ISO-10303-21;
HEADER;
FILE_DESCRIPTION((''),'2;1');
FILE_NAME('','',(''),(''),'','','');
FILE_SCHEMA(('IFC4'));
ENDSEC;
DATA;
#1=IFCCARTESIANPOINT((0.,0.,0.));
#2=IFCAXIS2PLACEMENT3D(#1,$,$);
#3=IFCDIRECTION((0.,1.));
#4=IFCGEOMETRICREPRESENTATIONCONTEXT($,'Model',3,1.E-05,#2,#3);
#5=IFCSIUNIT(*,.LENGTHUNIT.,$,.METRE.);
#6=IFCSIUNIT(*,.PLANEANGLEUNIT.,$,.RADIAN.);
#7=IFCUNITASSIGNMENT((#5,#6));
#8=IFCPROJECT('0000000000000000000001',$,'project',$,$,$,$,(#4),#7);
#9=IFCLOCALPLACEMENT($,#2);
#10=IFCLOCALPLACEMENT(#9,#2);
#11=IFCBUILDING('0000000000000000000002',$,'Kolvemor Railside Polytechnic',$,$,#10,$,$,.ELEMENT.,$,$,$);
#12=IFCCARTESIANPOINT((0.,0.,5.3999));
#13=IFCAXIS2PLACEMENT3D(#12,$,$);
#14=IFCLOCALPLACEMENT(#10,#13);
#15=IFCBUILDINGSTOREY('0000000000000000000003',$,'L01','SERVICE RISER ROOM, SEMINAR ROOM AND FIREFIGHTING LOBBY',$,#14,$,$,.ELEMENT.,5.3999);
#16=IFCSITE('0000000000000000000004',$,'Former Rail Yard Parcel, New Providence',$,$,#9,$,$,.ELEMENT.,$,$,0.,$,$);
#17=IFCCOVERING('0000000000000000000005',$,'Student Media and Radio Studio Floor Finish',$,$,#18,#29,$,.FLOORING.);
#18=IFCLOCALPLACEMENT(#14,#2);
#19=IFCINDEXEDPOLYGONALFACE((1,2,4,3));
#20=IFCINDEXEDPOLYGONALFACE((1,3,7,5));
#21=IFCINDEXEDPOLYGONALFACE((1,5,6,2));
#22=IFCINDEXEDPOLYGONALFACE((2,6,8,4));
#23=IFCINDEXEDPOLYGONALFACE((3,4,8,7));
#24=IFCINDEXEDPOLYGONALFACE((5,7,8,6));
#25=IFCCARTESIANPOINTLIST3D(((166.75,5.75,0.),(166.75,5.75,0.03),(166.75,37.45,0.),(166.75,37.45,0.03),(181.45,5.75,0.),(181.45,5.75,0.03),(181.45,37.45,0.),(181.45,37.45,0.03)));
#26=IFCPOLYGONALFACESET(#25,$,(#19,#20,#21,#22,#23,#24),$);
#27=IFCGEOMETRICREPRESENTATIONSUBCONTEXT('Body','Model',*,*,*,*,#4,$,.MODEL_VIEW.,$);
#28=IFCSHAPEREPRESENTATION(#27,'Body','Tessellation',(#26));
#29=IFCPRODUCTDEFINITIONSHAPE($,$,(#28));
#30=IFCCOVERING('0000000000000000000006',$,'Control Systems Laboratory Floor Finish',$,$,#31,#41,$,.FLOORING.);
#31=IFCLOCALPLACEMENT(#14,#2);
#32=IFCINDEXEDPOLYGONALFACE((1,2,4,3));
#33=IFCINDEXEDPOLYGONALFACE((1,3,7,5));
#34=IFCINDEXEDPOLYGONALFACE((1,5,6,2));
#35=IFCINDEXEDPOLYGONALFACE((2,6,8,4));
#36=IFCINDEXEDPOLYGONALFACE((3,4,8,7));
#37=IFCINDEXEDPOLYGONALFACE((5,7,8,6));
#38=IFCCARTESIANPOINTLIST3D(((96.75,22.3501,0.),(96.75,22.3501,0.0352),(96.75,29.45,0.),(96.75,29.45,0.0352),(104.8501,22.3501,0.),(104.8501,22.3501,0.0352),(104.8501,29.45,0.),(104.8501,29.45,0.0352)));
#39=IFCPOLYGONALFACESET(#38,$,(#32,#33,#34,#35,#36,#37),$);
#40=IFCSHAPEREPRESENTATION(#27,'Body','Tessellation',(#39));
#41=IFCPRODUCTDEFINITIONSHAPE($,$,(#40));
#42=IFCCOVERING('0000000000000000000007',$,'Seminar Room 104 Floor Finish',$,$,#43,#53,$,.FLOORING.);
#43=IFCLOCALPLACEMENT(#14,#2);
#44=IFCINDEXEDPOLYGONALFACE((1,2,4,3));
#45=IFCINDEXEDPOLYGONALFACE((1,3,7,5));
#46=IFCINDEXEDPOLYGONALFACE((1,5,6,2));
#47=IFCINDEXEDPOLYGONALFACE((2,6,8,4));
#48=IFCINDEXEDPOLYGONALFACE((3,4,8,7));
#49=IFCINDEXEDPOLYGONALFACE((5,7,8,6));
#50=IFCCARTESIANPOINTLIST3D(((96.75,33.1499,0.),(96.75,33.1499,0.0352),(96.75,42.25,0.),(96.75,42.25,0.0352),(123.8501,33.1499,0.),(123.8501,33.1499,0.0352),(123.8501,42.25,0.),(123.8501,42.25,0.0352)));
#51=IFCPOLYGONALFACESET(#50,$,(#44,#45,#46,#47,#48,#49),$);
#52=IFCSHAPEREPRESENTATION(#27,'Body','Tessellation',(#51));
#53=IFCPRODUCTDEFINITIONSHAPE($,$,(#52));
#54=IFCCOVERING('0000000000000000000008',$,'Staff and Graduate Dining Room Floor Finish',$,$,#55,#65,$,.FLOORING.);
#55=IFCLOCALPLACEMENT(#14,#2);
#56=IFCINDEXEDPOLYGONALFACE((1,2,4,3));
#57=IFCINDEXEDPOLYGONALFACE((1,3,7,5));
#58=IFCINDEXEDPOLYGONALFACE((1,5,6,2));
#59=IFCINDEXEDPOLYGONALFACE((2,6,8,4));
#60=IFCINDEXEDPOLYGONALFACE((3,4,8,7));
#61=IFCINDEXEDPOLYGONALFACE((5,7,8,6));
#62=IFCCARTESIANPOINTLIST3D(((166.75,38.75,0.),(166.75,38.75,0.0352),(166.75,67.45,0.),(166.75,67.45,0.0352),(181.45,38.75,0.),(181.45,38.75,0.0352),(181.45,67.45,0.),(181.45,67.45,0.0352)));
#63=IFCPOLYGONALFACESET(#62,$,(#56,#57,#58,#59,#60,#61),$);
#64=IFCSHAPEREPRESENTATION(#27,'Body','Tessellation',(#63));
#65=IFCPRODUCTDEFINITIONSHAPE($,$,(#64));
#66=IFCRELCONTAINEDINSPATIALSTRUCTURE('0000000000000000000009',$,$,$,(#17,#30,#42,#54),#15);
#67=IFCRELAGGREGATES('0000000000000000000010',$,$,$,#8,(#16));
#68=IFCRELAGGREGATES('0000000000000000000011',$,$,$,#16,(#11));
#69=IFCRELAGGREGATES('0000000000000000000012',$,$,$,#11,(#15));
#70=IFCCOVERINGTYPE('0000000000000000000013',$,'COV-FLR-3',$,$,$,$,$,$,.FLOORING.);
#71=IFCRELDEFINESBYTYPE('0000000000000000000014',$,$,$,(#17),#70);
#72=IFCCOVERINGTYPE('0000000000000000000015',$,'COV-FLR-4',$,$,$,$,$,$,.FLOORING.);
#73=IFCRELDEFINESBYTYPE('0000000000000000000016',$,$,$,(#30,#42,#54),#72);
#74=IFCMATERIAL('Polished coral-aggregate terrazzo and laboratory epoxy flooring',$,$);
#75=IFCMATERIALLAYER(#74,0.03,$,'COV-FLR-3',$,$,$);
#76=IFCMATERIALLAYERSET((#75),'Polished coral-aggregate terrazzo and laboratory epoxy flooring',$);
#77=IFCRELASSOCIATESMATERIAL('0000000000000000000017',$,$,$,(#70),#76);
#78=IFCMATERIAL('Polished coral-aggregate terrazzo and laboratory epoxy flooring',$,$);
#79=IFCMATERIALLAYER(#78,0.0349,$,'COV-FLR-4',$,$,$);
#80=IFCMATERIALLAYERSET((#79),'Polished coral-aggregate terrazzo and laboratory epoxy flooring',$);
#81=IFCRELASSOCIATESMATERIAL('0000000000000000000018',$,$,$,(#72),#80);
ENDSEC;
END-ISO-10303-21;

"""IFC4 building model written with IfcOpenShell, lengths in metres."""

from ifc_helpers import new_model, si_unit, direction, frame, origin, place, context, subcontext, project, spatial, polyline, outline, extrude, material, layer, layer_set, type_object, element, save


model = new_model("IFC4")

# Units and contexts
model_context = context("Model", 3, precision=1e-05, world=origin(), true_north=direction((0.0, 1.0)))
body_context = subcontext(model_context, "Body", "Model", "MODEL_VIEW")
ifc_project = project(units=[si_unit("LENGTHUNIT", "METRE"), si_unit("PLANEANGLEUNIT", "RADIAN")], contexts=[model_context])

# Site, building, storey
site_placement = place(None, origin())
site = spatial("IfcSite", under=ifc_project, at=site_placement, Name="Former Rail Yard Parcel, New Providence", CompositionType="ELEMENT", RefElevation=0.0)
building_placement = place(site_placement, origin())
building = spatial("IfcBuilding", under=site, at=building_placement, Name="Kolvemor Railside Polytechnic", CompositionType="ELEMENT")
storey_placement = place(building_placement, frame((0.0, 0.0, 5.3999)))
storey = spatial("IfcBuildingStorey", under=building, at=storey_placement, Name="L01", Description="SERVICE RISER ROOM, SEMINAR ROOM AND FIREFIGHTING LOBBY", CompositionType="ELEMENT", Elevation=5.3999)

# Coverings
ifc_material_1 = material(Name="Polished coral-aggregate terrazzo and laboratory epoxy flooring")
ifc_layer_1 = layer(ifc_material_1, 0.03, Name="COV-FLR-3")
ifc_layer_set_1 = layer_set([ifc_layer_1], Name="Polished coral-aggregate terrazzo and laboratory epoxy flooring")
covering_type_1 = type_object("IfcCoveringType", Name="COV-FLR-3", PredefinedType="FLOORING", material=ifc_layer_set_1)
covering_1_placement = place(storey_placement, origin())
element("IfcCovering", 1, at=covering_1_placement, inside=storey, type_object=covering_type_1, Name="Student Media and Radio Studio Floor Finish", PredefinedType="FLOORING", context=body_context, shape_type="SweptSolid", body=[
    extrude(outline(polyline([(166.75, 5.75), (181.45, 5.75), (181.45, 37.45), (166.75, 37.45), (166.75, 5.75)])), origin(), (0.0, 0.0, 1.0), 0.03),
])
ifc_material_2 = material(Name="Polished coral-aggregate terrazzo and laboratory epoxy flooring")
ifc_layer_2 = layer(ifc_material_2, 0.0349, Name="COV-FLR-4")
ifc_layer_set_2 = layer_set([ifc_layer_2], Name="Polished coral-aggregate terrazzo and laboratory epoxy flooring")
covering_type_2 = type_object("IfcCoveringType", Name="COV-FLR-4", PredefinedType="FLOORING", material=ifc_layer_set_2)
covering_2_placement = place(storey_placement, origin())
element("IfcCovering", 2, at=covering_2_placement, inside=storey, type_object=covering_type_2, Name="Control Systems Laboratory Floor Finish", PredefinedType="FLOORING", context=body_context, shape_type="SweptSolid", body=[
    extrude(outline(polyline([(96.75, 22.3501), (104.8501, 22.3501), (104.8501, 29.45), (96.75, 29.45), (96.75, 22.3501)])), origin(), (0.0, 0.0, 1.0), 0.0352),
])
covering_3_placement = place(storey_placement, origin())
element("IfcCovering", 3, at=covering_3_placement, inside=storey, type_object=covering_type_2, Name="Seminar Room 104 Floor Finish", PredefinedType="FLOORING", context=body_context, shape_type="SweptSolid", body=[
    extrude(outline(polyline([(96.75, 33.1499), (123.8501, 33.1499), (123.8501, 42.25), (96.75, 42.25), (96.75, 33.1499)])), origin(), (0.0, 0.0, 1.0), 0.0352),
])
covering_4_placement = place(storey_placement, origin())
element("IfcCovering", 4, at=covering_4_placement, inside=storey, type_object=covering_type_2, Name="Staff and Graduate Dining Room Floor Finish", PredefinedType="FLOORING", context=body_context, shape_type="SweptSolid", body=[
    extrude(outline(polyline([(166.75, 38.75), (181.45, 38.75), (181.45, 67.45), (166.75, 67.45), (166.75, 38.75)])), origin(), (0.0, 0.0, 1.0), 0.0352),
])

save(model, "model.ifc")
